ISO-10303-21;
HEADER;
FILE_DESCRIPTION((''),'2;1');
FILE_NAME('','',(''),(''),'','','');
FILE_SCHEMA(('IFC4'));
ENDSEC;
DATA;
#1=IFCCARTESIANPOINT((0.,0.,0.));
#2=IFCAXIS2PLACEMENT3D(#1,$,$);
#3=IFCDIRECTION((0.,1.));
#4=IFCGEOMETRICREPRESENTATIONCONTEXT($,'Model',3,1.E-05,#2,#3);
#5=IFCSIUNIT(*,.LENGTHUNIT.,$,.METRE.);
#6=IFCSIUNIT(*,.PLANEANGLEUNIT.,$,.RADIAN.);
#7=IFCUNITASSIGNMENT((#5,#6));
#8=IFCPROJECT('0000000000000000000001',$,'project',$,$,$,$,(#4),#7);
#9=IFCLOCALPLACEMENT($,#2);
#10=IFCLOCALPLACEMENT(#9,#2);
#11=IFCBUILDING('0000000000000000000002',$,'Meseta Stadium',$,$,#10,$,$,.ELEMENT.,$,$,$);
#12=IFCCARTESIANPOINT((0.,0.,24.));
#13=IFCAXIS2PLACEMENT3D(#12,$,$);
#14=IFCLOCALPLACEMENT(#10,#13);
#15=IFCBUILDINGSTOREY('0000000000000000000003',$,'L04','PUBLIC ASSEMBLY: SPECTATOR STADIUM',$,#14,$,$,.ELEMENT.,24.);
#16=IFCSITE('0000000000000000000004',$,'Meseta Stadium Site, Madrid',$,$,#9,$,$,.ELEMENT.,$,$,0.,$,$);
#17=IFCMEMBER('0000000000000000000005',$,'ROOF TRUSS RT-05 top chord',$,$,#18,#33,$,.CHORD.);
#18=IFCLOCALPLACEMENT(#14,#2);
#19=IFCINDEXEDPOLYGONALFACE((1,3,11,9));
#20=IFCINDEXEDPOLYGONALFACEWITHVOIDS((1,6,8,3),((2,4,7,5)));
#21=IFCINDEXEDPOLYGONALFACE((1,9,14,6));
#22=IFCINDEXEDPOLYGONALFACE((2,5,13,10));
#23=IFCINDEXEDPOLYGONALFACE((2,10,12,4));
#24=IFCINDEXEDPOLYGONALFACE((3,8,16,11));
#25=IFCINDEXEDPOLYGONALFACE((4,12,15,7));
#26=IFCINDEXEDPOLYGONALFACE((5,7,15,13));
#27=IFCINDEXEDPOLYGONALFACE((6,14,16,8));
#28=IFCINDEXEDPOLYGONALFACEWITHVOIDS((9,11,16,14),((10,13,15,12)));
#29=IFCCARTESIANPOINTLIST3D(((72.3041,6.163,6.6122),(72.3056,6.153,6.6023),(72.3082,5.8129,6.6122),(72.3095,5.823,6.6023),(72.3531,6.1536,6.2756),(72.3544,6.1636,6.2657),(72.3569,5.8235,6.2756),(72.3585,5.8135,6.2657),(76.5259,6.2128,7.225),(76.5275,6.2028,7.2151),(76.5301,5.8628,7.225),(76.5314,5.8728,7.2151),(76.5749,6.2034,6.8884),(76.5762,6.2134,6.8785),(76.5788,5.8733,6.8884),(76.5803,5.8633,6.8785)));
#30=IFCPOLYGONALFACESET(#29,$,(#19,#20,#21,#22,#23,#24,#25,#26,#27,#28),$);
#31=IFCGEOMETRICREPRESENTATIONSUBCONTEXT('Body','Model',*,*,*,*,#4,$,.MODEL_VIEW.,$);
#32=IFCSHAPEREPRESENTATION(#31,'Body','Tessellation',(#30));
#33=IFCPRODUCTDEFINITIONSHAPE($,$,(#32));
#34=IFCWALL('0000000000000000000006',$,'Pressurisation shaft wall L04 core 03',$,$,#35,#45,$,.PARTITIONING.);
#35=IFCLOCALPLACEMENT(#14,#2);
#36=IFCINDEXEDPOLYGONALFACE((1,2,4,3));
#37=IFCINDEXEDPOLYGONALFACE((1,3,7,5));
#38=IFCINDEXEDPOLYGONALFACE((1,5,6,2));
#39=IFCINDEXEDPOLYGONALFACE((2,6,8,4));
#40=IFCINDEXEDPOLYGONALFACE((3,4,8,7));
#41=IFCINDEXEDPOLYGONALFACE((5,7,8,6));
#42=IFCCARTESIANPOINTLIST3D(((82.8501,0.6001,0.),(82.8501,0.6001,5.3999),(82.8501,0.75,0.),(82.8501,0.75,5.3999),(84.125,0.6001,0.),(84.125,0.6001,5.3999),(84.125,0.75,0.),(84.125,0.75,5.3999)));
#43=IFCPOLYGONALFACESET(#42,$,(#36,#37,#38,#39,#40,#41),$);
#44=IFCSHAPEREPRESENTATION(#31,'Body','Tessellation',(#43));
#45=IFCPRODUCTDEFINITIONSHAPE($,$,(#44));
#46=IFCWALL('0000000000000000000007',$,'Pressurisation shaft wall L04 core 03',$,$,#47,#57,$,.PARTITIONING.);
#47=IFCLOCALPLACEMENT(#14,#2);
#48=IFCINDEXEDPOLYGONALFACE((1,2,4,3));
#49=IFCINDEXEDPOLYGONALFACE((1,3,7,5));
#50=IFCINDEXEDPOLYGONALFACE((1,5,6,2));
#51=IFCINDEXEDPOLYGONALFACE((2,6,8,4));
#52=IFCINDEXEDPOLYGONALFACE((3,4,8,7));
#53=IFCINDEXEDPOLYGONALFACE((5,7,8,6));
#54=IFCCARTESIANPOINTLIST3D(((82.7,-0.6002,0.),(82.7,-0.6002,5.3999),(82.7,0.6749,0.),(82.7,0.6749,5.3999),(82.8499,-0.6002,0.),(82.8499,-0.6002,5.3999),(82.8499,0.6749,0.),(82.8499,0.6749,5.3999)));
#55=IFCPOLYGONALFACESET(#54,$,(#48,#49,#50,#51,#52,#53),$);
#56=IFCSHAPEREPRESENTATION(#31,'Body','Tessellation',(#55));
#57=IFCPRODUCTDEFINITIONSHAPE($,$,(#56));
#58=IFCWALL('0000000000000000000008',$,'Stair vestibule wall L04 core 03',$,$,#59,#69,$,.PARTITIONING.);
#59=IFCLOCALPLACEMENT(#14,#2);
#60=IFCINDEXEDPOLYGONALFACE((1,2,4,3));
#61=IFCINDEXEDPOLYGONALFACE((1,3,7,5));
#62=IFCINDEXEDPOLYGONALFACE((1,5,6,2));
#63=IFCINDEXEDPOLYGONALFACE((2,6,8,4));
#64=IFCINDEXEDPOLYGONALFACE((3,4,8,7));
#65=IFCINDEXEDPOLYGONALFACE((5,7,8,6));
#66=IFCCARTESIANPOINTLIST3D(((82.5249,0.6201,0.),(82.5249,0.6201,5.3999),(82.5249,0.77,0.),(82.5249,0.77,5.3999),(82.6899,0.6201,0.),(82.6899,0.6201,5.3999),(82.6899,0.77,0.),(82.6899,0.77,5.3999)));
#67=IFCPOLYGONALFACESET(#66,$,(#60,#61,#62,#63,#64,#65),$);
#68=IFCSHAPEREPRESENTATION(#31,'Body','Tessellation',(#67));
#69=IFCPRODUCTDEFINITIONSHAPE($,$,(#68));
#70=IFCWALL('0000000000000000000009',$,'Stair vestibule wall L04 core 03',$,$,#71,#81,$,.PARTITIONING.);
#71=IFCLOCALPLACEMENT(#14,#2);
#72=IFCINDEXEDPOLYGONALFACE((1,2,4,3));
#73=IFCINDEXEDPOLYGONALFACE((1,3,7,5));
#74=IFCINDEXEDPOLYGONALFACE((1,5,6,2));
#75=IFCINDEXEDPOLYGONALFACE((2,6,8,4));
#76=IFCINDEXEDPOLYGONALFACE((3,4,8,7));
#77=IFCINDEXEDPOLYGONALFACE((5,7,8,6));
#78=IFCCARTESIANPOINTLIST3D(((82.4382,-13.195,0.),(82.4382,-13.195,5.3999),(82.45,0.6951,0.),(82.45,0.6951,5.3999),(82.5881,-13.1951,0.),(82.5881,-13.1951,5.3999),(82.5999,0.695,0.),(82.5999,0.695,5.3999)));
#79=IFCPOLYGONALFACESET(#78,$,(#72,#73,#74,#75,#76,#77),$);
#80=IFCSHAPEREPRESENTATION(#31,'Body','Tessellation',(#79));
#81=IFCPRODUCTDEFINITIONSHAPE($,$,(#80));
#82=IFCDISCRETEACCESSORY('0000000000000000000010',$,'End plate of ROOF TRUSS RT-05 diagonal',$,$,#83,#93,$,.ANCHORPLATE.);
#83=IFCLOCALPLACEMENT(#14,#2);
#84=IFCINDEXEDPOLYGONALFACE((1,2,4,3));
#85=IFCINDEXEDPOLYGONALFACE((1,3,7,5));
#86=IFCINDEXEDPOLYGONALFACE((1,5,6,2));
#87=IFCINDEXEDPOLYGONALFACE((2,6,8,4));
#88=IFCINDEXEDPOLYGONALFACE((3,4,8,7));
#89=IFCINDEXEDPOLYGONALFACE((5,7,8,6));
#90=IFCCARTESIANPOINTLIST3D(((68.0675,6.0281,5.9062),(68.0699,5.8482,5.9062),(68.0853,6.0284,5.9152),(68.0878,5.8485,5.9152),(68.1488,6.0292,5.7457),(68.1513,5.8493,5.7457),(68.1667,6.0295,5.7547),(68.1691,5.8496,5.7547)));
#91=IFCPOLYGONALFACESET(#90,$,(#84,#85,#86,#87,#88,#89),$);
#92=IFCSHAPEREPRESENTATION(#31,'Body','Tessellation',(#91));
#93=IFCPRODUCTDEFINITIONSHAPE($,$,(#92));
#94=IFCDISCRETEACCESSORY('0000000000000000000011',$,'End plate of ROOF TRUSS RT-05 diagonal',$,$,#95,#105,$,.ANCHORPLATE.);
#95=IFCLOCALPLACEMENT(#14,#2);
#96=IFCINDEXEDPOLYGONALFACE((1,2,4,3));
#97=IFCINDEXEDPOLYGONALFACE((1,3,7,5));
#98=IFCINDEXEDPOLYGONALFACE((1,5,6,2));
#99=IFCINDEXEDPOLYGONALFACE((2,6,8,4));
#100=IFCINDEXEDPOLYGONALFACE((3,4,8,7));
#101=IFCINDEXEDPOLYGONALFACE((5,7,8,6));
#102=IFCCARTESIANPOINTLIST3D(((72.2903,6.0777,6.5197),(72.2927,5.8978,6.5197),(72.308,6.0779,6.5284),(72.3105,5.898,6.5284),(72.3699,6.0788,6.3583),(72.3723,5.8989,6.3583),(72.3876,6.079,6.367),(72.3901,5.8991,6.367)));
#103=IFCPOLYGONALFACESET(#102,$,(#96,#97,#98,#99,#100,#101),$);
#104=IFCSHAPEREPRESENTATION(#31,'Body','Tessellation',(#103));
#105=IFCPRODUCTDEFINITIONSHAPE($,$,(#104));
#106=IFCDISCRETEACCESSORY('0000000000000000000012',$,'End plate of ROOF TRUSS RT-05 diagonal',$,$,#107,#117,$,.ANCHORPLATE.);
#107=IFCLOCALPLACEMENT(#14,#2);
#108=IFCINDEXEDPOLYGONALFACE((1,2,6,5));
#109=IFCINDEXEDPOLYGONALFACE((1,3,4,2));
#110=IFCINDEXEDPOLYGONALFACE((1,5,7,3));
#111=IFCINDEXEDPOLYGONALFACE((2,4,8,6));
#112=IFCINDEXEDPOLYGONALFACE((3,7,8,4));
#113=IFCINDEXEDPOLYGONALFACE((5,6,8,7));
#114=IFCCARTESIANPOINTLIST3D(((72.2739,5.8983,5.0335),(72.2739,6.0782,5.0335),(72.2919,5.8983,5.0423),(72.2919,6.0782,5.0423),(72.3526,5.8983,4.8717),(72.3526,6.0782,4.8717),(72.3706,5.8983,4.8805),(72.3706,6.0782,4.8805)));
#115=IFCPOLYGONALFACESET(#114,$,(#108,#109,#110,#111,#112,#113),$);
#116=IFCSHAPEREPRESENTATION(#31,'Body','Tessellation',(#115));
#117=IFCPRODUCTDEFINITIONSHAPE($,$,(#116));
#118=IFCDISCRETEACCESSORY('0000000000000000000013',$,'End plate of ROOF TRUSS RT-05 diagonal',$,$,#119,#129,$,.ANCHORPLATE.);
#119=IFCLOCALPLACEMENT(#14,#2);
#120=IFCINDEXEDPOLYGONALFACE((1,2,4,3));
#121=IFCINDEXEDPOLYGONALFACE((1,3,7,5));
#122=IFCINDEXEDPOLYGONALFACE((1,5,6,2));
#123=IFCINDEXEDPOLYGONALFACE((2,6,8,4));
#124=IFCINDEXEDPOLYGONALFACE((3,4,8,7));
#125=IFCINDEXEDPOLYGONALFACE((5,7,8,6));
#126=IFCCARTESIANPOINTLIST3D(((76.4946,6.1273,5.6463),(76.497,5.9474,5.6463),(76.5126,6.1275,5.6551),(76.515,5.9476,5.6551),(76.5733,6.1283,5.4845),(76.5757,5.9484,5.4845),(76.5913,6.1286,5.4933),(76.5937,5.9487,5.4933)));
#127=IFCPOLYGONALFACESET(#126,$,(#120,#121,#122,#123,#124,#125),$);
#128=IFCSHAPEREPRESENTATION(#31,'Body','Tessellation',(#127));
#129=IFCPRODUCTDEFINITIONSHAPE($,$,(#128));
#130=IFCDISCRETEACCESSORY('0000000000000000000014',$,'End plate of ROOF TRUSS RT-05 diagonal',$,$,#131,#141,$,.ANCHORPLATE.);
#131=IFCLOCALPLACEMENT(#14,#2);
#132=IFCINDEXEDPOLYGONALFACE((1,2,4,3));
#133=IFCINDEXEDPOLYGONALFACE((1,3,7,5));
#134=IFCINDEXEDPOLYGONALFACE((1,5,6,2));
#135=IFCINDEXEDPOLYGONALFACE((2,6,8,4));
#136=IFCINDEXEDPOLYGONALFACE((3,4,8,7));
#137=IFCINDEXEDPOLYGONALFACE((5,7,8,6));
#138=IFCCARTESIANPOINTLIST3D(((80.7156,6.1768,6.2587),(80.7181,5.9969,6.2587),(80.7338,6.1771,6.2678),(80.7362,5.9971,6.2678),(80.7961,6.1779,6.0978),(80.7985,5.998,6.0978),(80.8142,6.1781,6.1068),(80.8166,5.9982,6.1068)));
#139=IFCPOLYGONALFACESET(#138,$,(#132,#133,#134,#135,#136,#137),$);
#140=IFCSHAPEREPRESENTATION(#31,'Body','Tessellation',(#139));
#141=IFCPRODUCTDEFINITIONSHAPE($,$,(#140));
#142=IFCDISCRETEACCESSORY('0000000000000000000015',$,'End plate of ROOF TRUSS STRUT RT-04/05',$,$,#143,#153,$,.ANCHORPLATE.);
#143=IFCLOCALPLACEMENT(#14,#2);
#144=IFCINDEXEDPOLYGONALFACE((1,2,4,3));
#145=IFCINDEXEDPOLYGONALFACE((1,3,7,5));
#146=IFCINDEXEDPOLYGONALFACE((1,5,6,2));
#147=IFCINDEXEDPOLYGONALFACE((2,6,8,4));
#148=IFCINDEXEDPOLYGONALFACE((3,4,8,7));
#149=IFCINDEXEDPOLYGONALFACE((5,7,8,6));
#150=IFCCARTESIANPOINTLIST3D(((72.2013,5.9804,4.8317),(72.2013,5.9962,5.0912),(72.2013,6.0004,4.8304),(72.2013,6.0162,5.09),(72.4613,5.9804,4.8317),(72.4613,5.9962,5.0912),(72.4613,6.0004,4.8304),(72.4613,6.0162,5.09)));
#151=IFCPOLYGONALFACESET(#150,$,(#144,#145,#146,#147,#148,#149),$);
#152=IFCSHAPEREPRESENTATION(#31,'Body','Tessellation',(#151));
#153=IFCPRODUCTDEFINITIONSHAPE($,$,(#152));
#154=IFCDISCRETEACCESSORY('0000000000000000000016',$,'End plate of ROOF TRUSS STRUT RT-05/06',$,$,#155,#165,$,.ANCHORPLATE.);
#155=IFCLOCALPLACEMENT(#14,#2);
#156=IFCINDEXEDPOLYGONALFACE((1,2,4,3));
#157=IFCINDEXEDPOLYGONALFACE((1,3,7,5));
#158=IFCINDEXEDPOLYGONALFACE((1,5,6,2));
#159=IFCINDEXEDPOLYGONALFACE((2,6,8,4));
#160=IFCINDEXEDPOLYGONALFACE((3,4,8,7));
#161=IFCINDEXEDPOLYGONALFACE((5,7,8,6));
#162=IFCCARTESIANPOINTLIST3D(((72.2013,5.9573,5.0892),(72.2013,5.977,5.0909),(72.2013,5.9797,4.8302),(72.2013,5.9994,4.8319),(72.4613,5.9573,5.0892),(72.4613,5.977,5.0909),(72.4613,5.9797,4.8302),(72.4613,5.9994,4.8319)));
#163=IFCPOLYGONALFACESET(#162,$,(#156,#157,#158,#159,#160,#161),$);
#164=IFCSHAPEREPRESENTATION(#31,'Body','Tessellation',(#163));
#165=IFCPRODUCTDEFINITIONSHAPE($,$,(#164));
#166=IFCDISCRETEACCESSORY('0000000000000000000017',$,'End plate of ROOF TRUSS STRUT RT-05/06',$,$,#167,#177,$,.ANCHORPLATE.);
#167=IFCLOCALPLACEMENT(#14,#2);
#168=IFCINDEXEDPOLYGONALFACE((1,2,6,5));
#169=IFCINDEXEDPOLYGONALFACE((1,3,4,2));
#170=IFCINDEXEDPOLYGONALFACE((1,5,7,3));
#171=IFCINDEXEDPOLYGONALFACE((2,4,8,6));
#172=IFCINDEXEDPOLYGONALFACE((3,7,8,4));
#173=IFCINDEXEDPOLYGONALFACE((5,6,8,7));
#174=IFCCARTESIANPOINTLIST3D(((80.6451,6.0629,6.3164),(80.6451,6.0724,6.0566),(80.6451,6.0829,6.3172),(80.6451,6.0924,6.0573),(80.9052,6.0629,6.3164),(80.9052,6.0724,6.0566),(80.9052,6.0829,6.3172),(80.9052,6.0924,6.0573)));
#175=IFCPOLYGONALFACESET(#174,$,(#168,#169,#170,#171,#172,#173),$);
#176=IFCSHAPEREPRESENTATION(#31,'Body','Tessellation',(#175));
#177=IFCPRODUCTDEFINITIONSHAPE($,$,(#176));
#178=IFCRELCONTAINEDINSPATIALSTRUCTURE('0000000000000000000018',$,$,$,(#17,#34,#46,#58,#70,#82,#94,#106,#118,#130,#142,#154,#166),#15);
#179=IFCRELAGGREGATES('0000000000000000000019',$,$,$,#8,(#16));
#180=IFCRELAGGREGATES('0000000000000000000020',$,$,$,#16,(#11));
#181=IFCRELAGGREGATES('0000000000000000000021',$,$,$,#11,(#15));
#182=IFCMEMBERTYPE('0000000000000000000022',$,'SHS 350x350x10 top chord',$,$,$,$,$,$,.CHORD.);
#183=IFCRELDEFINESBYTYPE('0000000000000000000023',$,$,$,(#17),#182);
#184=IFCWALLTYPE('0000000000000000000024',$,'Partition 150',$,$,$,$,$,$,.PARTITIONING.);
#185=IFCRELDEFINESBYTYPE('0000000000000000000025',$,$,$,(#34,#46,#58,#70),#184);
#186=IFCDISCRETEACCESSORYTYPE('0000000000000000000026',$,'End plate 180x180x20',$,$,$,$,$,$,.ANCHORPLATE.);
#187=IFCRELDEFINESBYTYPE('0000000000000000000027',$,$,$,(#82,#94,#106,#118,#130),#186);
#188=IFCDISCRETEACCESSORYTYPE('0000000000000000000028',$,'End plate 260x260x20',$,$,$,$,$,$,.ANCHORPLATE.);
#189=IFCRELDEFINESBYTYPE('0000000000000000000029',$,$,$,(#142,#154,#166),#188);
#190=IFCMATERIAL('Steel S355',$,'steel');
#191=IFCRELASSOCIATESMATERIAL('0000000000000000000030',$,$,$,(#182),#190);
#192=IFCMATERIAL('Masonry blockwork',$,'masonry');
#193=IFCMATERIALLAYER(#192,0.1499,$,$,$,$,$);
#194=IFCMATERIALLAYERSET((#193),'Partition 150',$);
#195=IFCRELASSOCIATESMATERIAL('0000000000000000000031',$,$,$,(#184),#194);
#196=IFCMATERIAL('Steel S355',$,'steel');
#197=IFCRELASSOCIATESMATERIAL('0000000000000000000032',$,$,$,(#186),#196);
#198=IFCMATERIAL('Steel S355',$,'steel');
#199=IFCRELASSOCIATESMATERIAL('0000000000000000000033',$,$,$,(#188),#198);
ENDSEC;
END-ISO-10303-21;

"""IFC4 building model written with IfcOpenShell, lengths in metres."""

from ifc_helpers import new_model, si_unit, direction, frame, frame_2d, origin, origin_2d, place, context, subcontext, project, spatial, rectangle, hollow_rectangle, extrude, material, layer, layer_set, material_profile, profile_set, type_object, element, save


model = new_model("IFC4")

# Units and contexts
model_context = context("Model", 3, precision=1e-05, world=origin(), true_north=direction((0.0, 1.0)))
body_context = subcontext(model_context, "Body", "Model", "MODEL_VIEW")
ifc_project = project(units=[si_unit("LENGTHUNIT", "METRE"), si_unit("PLANEANGLEUNIT", "RADIAN")], contexts=[model_context])

# Site, building, storey
site_placement = place(None, origin())
site = spatial("IfcSite", under=ifc_project, at=site_placement, Name="Meseta Stadium Site, Madrid", CompositionType="ELEMENT", RefElevation=0.0)
building_placement = place(site_placement, origin())
building = spatial("IfcBuilding", under=site, at=building_placement, Name="Meseta Stadium", CompositionType="ELEMENT")
storey_placement = place(building_placement, frame((0.0, 0.0, 24.0)))
storey = spatial("IfcBuildingStorey", under=building, at=storey_placement, Name="L04", Description="PUBLIC ASSEMBLY: SPECTATOR STADIUM", CompositionType="ELEMENT", Elevation=24.0)

# Member
ifc_material_1 = material(Name="Steel S355", Category="steel")
ifc_material_profile_1 = material_profile(ifc_material_1, hollow_rectangle(XDim=0.3501, YDim=0.3501, WallThickness=0.01, at=origin_2d()), Name="SHS 350x350x10")
ifc_profile_set_1 = profile_set([ifc_material_profile_1], Name="Steel S355")
member_type_1 = type_object("IfcMemberType", Name="SHS 350x350x10 top chord", PredefinedType="CHORD", material=ifc_profile_set_1)
member_1_placement = place(storey_placement, frame((72.3313, 5.9883, 6.439), z_axis=(0.989563, 0.011674, 0.14363), x_axis=(-0.011796, 0.99993, 0.0)))
element("IfcMember", 1, at=member_1_placement, inside=storey, type_object=member_type_1, Name="ROOF TRUSS RT-05 top chord", PredefinedType="CHORD", context=body_context, shape_type="SweptSolid", body=[
    extrude(hollow_rectangle(XDim=0.3501, YDim=0.3501, WallThickness=0.01, at=origin_2d()), origin(), (0.0, 0.0, 1.0), 4.2664),
])

# Walls
ifc_material_2 = material(Name="Masonry blockwork", Category="masonry")
ifc_layer = layer(ifc_material_2, 0.1499)
ifc_layer_set = layer_set([ifc_layer], Name="Partition 150")
wall_type = type_object("IfcWallType", Name="Partition 150", PredefinedType="PARTITIONING", material=ifc_layer_set)
wall_1_placement = place(storey_placement, frame((84.125, 0.675, 0.0), z_axis=(0.0, 0.0, 1.0), x_axis=(-1.0, 0.0, 0.0)))
element("IfcWall", 2, at=wall_1_placement, inside=storey, type_object=wall_type, Name="Pressurisation shaft wall L04 core 03", PredefinedType="PARTITIONING", context=body_context, shape_type="SweptSolid", body=[
    extrude(rectangle(XDim=1.2749, YDim=0.1499, at=frame_2d((0.6375, 0.0))), origin(), (0.0, 0.0, 1.0), 5.3999),
])
wall_2_placement = place(storey_placement, frame((82.7749, 0.675, 0.0), z_axis=(0.0, 0.0, 1.0), x_axis=(0.0, -1.0, 0.0)))
element("IfcWall", 3, at=wall_2_placement, inside=storey, type_object=wall_type, Name="Pressurisation shaft wall L04 core 03", PredefinedType="PARTITIONING", context=body_context, shape_type="SweptSolid", body=[
    extrude(rectangle(XDim=1.2751, YDim=0.1499, at=frame_2d((0.6377, 0.0))), origin(), (0.0, 0.0, 1.0), 5.3999),
])
wall_3_placement = place(storey_placement, frame((82.6899, 0.6951, 0.0), z_axis=(0.0, 0.0, 1.0), x_axis=(-1.0, 0.0, 0.0)))
element("IfcWall", 4, at=wall_3_placement, inside=storey, type_object=wall_type, Name="Stair vestibule wall L04 core 03", PredefinedType="PARTITIONING", context=body_context, shape_type="SweptSolid", body=[
    extrude(rectangle(XDim=0.165, YDim=0.1499, at=frame_2d((0.0825, 0.0))), origin(), (0.0, 0.0, 1.0), 5.3999),
])
wall_4_placement = place(storey_placement, frame((82.5249, 0.6951, 0.0), z_axis=(0.0, 0.0, 1.0), x_axis=(-0.000844, -1.0, 0.0)))
element("IfcWall", 5, at=wall_4_placement, inside=storey, type_object=wall_type, Name="Stair vestibule wall L04 core 03", PredefinedType="PARTITIONING", context=body_context, shape_type="SweptSolid", body=[
    extrude(rectangle(XDim=13.8901, YDim=0.1499, at=frame_2d((6.9451, 0.0))), origin(), (0.0, 0.0, 1.0), 5.3999),
])

# Discrete accessories
ifc_material_3 = material(Name="Steel S355", Category="steel")
ifc_material_profile_2 = material_profile(ifc_material_3, rectangle(XDim=0.1799, YDim=0.1799, at=origin_2d()), Name="PL 180x180")
ifc_profile_set_2 = profile_set([ifc_material_profile_2], Name="Steel S355")
discrete_accessory_type_1 = type_object("IfcDiscreteAccessoryType", Name="End plate 180x180x20", PredefinedType="ANCHORPLATE", material=ifc_profile_set_2)
discrete_accessory_1_placement = place(storey_placement, frame((68.1094, 5.9387, 5.8259), z_axis=(0.891904, 0.012218, 0.452061), x_axis=(-0.013697, 0.999906, 0.0)))
element("IfcDiscreteAccessory", 6, at=discrete_accessory_1_placement, inside=storey, type_object=discrete_accessory_type_1, Name="End plate of ROOF TRUSS RT-05 diagonal", PredefinedType="ANCHORPLATE", context=body_context, shape_type="SweptSolid", body=[
    extrude(rectangle(XDim=0.1799, YDim=0.1799, at=origin_2d()), origin(), (0.0, 0.0, 1.0), 0.02),
])
discrete_accessory_2_placement = place(storey_placement, frame((72.3313, 5.9883, 6.439), z_axis=(0.896803, 0.012285, 0.442259), x_axis=(-0.013697, 0.999906, 0.0)))
element("IfcDiscreteAccessory", 7, at=discrete_accessory_2_placement, inside=storey, type_object=discrete_accessory_type_1, Name="End plate of ROOF TRUSS RT-05 diagonal", PredefinedType="ANCHORPLATE", context=body_context, shape_type="SweptSolid", body=[
    extrude(rectangle(XDim=0.1799, YDim=0.1799, at=origin_2d()), origin(), (0.0, 0.0, 1.0), 0.0198),
])
for number, where, z_axis, x_axis, name in (
    (8, (72.3132, 5.9883, 4.9526), (0.899235, 0.0, 0.437466), (0.0, 1.0, 0.0), "End plate of ROOF TRUSS RT-05 diagonal"),
    (9, (76.5352, 6.0378, 5.5654), (0.899169, 0.012151, 0.437433), (-0.013512, 0.999909, 0.0), "End plate of ROOF TRUSS RT-05 diagonal"),
):
    element("IfcDiscreteAccessory", number, at=place(storey_placement, frame(where, z_axis=z_axis, x_axis=x_axis)), inside=storey, type_object=discrete_accessory_type_1, Name=name, PredefinedType="ANCHORPLATE", context=body_context, shape_type="SweptSolid", body=[
        extrude(rectangle(XDim=0.1799, YDim=0.1799, at=origin_2d()), origin(), (0.0, 0.0, 1.0), 0.02),
    ])
discrete_accessory_3_placement = place(storey_placement, frame((80.7571, 6.0874, 6.1782), z_axis=(0.894362, 0.012086, 0.447181), x_axis=(-0.013512, 0.999909, 0.0)))
element("IfcDiscreteAccessory", 10, at=discrete_accessory_3_placement, inside=storey, type_object=discrete_accessory_type_1, Name="End plate of ROOF TRUSS RT-05 diagonal", PredefinedType="ANCHORPLATE", context=body_context, shape_type="SweptSolid", body=[
    extrude(rectangle(XDim=0.1799, YDim=0.1799, at=origin_2d()), origin(), (0.0, 0.0, 1.0), 0.0203),
])
ifc_material_4 = material(Name="Steel S355", Category="steel")
ifc_material_profile_3 = material_profile(ifc_material_4, rectangle(XDim=0.26, YDim=0.26, at=origin_2d()), Name="PL 260x260")
ifc_profile_set_3 = profile_set([ifc_material_profile_3], Name="Steel S355")
discrete_accessory_type_2 = type_object("IfcDiscreteAccessoryType", Name="End plate 260x260x20", PredefinedType="ANCHORPLATE", material=ifc_profile_set_3)
discrete_accessory_4_placement = place(storey_placement, frame((72.3313, 5.9883, 4.9614), z_axis=(0.0, 0.998146, -0.060863), x_axis=(-1.0, 0.0, 0.0)))
element("IfcDiscreteAccessory", 11, at=discrete_accessory_4_placement, inside=storey, type_object=discrete_accessory_type_2, Name="End plate of ROOF TRUSS STRUT RT-04/05", PredefinedType="ANCHORPLATE", context=body_context, shape_type="SweptSolid", body=[
    extrude(rectangle(XDim=0.26, YDim=0.26, at=origin_2d()), origin(), (0.0, 0.0, 1.0), 0.02),
])
discrete_accessory_5_placement = place(storey_placement, frame((72.3313, 5.9685, 4.9597), z_axis=(0.0, 0.996287, 0.086099), x_axis=(-1.0, 0.0, 0.0)))
element("IfcDiscreteAccessory", 12, at=discrete_accessory_5_placement, inside=storey, type_object=discrete_accessory_type_2, Name="End plate of ROOF TRUSS STRUT RT-05/06", PredefinedType="ANCHORPLATE", context=body_context, shape_type="SweptSolid", body=[
    extrude(rectangle(XDim=0.26, YDim=0.26, at=origin_2d()), origin(), (0.0, 0.0, 1.0), 0.0198),
])
discrete_accessory_6_placement = place(storey_placement, frame((80.7751, 6.0676, 6.1865), z_axis=(0.0, 0.999331, 0.036561), x_axis=(-1.0, 0.0, 0.0)))
element("IfcDiscreteAccessory", 13, at=discrete_accessory_6_placement, inside=storey, type_object=discrete_accessory_type_2, Name="End plate of ROOF TRUSS STRUT RT-05/06", PredefinedType="ANCHORPLATE", context=body_context, shape_type="SweptSolid", body=[
    extrude(rectangle(XDim=0.26, YDim=0.26, at=origin_2d()), origin(), (0.0, 0.0, 1.0), 0.02),
])

save(model, "model.ifc")
